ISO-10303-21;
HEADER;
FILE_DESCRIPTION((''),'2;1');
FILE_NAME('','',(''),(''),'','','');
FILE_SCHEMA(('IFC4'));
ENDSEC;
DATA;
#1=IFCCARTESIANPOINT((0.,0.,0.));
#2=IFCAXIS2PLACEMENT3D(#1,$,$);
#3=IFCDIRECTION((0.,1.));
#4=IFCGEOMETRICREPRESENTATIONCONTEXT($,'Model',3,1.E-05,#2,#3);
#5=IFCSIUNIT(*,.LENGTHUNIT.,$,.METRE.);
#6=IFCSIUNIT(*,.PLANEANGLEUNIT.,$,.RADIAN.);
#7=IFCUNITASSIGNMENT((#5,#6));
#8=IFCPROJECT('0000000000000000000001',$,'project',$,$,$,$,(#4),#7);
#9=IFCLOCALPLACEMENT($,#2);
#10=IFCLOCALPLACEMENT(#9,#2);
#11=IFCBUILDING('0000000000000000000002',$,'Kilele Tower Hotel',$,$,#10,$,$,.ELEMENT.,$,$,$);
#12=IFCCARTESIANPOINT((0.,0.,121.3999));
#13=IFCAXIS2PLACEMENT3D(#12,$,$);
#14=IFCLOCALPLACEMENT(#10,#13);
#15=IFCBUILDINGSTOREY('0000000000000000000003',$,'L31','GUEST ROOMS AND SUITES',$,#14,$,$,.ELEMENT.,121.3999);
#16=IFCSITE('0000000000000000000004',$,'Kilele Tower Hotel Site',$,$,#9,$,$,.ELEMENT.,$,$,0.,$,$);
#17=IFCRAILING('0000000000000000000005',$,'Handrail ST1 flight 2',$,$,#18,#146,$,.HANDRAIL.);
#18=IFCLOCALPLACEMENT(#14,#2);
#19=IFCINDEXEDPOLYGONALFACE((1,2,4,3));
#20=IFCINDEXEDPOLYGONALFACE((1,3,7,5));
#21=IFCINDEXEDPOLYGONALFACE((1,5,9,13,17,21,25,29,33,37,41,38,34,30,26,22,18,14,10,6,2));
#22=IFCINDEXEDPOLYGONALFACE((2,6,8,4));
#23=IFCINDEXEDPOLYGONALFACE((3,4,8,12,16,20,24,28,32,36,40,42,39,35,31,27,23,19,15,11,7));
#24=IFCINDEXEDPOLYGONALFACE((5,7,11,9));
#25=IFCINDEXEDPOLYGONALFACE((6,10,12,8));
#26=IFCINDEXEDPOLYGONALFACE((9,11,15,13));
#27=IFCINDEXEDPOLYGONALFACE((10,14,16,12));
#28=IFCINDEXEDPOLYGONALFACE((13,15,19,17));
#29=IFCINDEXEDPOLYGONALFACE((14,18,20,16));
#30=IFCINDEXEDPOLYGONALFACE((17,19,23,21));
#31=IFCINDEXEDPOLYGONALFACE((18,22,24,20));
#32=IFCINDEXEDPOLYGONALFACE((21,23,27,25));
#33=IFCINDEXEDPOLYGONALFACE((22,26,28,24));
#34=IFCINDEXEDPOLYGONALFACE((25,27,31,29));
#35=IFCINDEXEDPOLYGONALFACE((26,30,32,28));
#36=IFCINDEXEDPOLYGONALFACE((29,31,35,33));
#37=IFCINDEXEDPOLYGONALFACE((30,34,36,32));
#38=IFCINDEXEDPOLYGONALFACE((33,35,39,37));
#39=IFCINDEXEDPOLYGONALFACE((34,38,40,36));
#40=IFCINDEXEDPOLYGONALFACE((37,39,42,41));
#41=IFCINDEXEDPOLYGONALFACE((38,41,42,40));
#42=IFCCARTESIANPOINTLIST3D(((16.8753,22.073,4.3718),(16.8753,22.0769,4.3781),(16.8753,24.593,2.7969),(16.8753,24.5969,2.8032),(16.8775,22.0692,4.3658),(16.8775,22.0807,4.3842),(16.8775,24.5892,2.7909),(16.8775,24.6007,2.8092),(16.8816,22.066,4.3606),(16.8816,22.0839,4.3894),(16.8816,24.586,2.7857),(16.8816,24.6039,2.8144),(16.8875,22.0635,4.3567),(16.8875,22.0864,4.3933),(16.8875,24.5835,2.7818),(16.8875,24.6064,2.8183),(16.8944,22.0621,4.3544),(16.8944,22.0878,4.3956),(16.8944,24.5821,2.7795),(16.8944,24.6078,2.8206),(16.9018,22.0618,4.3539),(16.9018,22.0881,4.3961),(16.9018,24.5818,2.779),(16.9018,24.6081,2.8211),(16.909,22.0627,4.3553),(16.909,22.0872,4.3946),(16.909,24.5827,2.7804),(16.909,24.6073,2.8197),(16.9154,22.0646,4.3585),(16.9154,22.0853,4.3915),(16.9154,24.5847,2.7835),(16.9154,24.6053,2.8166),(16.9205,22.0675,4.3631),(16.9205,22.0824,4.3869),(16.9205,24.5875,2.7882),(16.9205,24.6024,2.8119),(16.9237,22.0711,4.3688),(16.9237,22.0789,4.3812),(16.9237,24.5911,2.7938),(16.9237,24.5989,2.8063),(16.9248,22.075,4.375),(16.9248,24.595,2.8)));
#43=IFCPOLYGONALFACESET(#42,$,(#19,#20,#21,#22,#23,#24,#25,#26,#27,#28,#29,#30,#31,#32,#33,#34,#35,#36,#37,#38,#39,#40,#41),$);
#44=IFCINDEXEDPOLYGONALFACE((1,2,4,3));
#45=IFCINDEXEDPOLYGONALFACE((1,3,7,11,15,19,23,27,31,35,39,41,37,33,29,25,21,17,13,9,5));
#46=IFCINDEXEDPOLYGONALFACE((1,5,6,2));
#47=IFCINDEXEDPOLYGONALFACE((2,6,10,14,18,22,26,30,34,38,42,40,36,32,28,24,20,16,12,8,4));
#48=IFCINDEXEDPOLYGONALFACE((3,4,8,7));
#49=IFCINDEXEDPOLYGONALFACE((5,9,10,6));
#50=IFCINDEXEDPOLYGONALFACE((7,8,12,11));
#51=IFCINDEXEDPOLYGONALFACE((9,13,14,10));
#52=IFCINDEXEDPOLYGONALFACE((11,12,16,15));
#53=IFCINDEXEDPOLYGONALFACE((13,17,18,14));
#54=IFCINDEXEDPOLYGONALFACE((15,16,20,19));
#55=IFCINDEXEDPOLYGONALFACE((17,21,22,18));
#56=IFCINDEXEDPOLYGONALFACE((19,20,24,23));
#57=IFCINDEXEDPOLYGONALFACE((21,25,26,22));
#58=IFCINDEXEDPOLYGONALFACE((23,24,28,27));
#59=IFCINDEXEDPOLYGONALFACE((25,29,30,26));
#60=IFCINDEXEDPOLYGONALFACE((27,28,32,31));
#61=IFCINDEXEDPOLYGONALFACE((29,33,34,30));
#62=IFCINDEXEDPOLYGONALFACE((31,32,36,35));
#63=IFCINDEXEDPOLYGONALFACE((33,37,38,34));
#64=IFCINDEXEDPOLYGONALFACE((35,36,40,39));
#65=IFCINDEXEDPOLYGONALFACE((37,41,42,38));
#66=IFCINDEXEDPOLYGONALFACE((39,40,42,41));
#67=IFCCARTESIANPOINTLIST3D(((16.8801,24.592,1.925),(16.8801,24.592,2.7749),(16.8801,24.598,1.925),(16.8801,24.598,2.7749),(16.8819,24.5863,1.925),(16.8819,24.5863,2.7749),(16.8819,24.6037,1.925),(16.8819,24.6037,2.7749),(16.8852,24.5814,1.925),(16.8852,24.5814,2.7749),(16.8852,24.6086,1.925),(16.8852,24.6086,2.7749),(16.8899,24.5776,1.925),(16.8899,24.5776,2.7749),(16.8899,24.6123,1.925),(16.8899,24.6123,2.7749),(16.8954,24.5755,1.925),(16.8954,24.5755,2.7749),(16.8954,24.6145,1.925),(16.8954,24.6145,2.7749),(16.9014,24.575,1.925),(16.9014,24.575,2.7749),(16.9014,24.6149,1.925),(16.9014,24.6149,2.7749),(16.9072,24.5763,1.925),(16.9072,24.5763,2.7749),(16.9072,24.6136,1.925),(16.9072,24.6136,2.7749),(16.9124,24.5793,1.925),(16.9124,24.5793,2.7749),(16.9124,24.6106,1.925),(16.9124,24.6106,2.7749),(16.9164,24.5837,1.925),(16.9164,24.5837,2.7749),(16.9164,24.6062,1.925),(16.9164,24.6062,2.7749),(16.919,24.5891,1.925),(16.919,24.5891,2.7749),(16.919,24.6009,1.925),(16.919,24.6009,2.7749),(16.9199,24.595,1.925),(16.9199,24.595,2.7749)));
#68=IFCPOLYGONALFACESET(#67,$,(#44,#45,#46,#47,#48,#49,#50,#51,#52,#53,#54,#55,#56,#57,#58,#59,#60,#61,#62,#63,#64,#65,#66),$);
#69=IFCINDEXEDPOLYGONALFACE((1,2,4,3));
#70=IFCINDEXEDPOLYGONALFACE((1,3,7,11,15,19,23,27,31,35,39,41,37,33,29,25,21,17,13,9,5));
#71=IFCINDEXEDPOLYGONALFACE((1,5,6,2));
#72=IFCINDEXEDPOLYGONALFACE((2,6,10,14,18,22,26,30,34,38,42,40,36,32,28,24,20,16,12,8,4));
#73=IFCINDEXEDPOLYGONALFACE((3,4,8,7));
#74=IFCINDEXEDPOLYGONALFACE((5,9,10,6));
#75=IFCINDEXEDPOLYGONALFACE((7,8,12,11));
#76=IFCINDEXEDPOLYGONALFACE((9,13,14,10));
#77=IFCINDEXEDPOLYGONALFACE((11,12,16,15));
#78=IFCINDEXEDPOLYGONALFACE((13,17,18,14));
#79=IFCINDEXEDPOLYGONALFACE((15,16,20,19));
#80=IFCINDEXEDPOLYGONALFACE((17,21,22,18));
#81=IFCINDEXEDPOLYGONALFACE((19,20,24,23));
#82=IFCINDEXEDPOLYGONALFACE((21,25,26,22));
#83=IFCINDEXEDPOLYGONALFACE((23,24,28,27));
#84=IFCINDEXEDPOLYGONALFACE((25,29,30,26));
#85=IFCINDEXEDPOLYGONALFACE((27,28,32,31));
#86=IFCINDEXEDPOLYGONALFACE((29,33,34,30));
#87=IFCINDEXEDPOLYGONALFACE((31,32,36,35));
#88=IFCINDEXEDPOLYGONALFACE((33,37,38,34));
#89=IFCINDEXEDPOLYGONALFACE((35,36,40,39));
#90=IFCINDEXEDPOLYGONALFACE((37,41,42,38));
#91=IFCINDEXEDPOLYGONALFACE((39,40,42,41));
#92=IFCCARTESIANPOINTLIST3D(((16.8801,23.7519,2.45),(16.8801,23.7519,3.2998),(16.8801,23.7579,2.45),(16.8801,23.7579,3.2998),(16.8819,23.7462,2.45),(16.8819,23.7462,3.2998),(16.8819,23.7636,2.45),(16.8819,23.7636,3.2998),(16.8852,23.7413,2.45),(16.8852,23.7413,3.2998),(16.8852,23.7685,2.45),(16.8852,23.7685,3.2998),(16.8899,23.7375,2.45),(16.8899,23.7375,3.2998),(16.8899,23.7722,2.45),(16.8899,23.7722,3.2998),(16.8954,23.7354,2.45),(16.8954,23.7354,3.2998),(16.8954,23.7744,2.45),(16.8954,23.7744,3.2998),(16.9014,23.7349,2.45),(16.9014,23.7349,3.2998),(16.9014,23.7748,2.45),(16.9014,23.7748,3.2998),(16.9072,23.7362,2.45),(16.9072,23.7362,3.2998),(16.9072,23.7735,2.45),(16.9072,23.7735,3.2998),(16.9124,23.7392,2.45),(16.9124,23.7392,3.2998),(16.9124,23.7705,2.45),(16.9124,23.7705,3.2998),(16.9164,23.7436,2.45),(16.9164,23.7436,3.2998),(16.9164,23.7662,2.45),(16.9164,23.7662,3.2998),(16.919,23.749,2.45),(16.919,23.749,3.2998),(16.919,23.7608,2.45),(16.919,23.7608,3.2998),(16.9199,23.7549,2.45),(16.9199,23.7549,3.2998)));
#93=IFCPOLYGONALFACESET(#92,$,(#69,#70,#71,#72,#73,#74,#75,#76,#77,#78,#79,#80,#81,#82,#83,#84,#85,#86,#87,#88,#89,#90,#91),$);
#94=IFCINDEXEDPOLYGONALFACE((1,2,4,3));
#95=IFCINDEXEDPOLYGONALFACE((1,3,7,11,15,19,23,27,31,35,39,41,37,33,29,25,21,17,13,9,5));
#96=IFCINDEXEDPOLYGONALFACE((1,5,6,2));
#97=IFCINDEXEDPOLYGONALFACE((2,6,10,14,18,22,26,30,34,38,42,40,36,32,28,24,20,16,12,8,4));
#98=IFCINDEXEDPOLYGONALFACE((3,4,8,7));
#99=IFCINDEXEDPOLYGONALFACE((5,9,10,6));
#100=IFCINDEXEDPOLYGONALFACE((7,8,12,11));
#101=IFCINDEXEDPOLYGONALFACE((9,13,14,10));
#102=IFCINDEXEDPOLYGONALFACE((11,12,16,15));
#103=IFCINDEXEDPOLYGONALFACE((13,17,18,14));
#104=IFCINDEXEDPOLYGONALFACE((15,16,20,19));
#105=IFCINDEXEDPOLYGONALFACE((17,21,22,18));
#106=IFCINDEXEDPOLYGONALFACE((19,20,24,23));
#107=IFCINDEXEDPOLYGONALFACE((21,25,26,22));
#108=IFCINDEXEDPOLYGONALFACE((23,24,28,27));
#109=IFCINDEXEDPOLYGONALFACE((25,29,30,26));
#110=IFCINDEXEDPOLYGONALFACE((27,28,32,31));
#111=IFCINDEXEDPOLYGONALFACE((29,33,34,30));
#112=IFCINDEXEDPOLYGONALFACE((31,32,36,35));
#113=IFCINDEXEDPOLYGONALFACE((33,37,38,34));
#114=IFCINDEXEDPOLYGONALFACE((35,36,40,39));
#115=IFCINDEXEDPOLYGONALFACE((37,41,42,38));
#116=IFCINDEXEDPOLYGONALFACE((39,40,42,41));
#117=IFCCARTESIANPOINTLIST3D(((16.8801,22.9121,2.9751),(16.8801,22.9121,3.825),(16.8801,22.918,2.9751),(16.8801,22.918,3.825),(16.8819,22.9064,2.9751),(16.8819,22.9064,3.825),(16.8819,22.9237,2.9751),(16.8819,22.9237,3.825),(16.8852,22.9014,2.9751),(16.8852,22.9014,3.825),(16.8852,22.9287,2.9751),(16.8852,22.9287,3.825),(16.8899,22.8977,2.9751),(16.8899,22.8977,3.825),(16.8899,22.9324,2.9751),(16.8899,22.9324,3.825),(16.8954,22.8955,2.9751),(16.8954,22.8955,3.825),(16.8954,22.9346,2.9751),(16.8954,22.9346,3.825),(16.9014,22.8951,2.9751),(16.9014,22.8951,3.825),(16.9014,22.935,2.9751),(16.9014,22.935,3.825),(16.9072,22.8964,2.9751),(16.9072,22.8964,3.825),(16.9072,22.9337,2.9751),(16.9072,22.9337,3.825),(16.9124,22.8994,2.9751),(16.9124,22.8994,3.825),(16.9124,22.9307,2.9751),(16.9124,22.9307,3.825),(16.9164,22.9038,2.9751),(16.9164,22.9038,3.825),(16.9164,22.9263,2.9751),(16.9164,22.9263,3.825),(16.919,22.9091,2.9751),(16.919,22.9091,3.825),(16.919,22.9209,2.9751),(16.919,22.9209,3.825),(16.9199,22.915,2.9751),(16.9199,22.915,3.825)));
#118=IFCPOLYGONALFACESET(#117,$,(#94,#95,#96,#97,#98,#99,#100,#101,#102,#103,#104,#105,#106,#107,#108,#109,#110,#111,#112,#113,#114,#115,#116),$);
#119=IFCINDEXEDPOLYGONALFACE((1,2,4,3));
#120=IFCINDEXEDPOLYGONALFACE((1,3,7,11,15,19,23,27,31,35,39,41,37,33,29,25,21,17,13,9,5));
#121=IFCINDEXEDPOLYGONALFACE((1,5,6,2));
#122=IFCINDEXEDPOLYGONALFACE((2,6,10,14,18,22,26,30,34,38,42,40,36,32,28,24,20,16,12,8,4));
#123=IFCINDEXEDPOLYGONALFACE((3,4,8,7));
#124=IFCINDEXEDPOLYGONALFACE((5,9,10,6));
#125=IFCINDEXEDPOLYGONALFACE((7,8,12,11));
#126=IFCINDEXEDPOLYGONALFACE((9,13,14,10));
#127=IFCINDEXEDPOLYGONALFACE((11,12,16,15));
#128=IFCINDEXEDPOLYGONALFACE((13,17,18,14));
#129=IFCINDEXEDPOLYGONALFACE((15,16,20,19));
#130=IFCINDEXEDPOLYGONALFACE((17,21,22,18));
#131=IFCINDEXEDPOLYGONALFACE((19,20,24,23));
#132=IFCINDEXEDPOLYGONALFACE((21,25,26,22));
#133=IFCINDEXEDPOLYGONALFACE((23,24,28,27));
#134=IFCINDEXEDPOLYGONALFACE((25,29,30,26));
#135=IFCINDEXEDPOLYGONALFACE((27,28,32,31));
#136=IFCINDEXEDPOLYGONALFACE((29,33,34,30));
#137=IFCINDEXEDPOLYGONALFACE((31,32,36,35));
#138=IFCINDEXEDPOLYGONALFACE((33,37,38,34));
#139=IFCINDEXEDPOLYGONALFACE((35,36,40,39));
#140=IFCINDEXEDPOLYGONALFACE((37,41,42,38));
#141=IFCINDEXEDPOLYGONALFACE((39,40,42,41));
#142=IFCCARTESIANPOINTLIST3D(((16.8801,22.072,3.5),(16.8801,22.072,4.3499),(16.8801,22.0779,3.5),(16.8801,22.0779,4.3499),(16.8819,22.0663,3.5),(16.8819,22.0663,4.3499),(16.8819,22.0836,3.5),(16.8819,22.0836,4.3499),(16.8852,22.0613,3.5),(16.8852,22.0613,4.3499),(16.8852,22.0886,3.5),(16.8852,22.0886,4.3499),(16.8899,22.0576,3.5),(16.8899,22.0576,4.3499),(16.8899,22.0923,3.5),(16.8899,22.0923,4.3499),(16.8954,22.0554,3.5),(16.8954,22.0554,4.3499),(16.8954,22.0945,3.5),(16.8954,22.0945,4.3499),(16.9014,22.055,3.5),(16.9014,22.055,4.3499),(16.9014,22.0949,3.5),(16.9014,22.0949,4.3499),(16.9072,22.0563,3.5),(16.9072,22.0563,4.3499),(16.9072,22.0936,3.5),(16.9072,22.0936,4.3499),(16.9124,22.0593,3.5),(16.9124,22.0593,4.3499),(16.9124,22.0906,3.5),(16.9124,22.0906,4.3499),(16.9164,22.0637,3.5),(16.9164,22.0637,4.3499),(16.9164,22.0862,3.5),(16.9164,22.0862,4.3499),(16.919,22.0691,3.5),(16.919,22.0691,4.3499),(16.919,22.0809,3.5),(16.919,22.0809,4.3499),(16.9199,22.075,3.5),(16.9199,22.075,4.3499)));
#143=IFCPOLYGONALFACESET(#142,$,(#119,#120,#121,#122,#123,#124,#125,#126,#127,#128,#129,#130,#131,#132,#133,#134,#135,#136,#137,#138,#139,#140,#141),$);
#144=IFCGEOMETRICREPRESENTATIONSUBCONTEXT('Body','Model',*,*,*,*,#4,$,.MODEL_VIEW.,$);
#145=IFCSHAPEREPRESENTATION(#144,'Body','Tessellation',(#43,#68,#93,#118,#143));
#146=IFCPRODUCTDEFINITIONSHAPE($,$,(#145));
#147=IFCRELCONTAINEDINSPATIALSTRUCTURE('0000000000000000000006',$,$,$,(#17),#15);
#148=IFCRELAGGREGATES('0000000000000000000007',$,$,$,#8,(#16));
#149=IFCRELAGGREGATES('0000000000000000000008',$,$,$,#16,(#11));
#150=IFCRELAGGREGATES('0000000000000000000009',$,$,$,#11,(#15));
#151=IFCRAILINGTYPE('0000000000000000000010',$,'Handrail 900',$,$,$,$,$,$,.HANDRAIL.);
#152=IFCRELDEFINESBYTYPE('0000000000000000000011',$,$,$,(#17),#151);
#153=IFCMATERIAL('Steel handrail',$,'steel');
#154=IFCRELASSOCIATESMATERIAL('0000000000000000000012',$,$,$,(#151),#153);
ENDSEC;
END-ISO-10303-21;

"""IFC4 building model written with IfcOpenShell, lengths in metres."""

from ifc_helpers import new_model, si_unit, direction, frame, origin, origin_2d, place, context, subcontext, project, spatial, circle, extrude, material, type_object, element, save


model = new_model("IFC4")

# Units and contexts
model_context = context("Model", 3, precision=1e-05, world=origin(), true_north=direction((0.0, 1.0)))
body_context = subcontext(model_context, "Body", "Model", "MODEL_VIEW")
ifc_project = project(units=[si_unit("LENGTHUNIT", "METRE"), si_unit("PLANEANGLEUNIT", "RADIAN")], contexts=[model_context])

# Site, building, storey
site_placement = place(None, origin())
site = spatial("IfcSite", under=ifc_project, at=site_placement, Name="Kilele Tower Hotel Site", CompositionType="ELEMENT", RefElevation=0.0)
building_placement = place(site_placement, origin())
building = spatial("IfcBuilding", under=site, at=building_placement, Name="Kilele Tower Hotel", CompositionType="ELEMENT")
storey_placement = place(building_placement, frame((0.0, 0.0, 121.3999)))
storey = spatial("IfcBuildingStorey", under=building, at=storey_placement, Name="L31", Description="GUEST ROOMS AND SUITES", CompositionType="ELEMENT", Elevation=121.3999)

# Railing
ifc_material_1 = material(Name="Steel handrail", Category="steel")
railing_type_1 = type_object("IfcRailingType", Name="Handrail 900", PredefinedType="HANDRAIL", material=ifc_material_1)
for number, where, name in (
    (1, (16.8999, 24.595, 1.925), "Handrail ST1 flight 2"),
):
    element("IfcRailing", number, at=place(storey_placement, frame(where)), inside=storey, type_object=railing_type_1, Name=name, PredefinedType="HANDRAIL", context=body_context, shape_type="SweptSolid", body=[
        extrude(circle(Radius=0.0249, at=origin_2d()), frame((0.0, 0.0, 0.875), z_axis=(0.0, -0.848008, 0.529984), x_axis=(1.0, 0.0, 0.0)), (0.0, 0.0, 1.0), 2.9717),
        extrude(circle(Radius=0.02, at=origin_2d()), origin(), (0.0, 0.0, 1.0), 0.8499),
        extrude(circle(Radius=0.02, at=origin_2d()), frame((0.0, -0.8401, 0.5249)), (0.0, 0.0, 1.0), 0.8499),
        extrude(circle(Radius=0.02, at=origin_2d()), frame((0.0, -1.6799, 1.05)), (0.0, 0.0, 1.0), 0.8499),
        extrude(circle(Radius=0.02, at=origin_2d()), frame((0.0, -2.52, 1.575)), (0.0, 0.0, 1.0), 0.8499),
    ])

save(model, "model.ifc")
